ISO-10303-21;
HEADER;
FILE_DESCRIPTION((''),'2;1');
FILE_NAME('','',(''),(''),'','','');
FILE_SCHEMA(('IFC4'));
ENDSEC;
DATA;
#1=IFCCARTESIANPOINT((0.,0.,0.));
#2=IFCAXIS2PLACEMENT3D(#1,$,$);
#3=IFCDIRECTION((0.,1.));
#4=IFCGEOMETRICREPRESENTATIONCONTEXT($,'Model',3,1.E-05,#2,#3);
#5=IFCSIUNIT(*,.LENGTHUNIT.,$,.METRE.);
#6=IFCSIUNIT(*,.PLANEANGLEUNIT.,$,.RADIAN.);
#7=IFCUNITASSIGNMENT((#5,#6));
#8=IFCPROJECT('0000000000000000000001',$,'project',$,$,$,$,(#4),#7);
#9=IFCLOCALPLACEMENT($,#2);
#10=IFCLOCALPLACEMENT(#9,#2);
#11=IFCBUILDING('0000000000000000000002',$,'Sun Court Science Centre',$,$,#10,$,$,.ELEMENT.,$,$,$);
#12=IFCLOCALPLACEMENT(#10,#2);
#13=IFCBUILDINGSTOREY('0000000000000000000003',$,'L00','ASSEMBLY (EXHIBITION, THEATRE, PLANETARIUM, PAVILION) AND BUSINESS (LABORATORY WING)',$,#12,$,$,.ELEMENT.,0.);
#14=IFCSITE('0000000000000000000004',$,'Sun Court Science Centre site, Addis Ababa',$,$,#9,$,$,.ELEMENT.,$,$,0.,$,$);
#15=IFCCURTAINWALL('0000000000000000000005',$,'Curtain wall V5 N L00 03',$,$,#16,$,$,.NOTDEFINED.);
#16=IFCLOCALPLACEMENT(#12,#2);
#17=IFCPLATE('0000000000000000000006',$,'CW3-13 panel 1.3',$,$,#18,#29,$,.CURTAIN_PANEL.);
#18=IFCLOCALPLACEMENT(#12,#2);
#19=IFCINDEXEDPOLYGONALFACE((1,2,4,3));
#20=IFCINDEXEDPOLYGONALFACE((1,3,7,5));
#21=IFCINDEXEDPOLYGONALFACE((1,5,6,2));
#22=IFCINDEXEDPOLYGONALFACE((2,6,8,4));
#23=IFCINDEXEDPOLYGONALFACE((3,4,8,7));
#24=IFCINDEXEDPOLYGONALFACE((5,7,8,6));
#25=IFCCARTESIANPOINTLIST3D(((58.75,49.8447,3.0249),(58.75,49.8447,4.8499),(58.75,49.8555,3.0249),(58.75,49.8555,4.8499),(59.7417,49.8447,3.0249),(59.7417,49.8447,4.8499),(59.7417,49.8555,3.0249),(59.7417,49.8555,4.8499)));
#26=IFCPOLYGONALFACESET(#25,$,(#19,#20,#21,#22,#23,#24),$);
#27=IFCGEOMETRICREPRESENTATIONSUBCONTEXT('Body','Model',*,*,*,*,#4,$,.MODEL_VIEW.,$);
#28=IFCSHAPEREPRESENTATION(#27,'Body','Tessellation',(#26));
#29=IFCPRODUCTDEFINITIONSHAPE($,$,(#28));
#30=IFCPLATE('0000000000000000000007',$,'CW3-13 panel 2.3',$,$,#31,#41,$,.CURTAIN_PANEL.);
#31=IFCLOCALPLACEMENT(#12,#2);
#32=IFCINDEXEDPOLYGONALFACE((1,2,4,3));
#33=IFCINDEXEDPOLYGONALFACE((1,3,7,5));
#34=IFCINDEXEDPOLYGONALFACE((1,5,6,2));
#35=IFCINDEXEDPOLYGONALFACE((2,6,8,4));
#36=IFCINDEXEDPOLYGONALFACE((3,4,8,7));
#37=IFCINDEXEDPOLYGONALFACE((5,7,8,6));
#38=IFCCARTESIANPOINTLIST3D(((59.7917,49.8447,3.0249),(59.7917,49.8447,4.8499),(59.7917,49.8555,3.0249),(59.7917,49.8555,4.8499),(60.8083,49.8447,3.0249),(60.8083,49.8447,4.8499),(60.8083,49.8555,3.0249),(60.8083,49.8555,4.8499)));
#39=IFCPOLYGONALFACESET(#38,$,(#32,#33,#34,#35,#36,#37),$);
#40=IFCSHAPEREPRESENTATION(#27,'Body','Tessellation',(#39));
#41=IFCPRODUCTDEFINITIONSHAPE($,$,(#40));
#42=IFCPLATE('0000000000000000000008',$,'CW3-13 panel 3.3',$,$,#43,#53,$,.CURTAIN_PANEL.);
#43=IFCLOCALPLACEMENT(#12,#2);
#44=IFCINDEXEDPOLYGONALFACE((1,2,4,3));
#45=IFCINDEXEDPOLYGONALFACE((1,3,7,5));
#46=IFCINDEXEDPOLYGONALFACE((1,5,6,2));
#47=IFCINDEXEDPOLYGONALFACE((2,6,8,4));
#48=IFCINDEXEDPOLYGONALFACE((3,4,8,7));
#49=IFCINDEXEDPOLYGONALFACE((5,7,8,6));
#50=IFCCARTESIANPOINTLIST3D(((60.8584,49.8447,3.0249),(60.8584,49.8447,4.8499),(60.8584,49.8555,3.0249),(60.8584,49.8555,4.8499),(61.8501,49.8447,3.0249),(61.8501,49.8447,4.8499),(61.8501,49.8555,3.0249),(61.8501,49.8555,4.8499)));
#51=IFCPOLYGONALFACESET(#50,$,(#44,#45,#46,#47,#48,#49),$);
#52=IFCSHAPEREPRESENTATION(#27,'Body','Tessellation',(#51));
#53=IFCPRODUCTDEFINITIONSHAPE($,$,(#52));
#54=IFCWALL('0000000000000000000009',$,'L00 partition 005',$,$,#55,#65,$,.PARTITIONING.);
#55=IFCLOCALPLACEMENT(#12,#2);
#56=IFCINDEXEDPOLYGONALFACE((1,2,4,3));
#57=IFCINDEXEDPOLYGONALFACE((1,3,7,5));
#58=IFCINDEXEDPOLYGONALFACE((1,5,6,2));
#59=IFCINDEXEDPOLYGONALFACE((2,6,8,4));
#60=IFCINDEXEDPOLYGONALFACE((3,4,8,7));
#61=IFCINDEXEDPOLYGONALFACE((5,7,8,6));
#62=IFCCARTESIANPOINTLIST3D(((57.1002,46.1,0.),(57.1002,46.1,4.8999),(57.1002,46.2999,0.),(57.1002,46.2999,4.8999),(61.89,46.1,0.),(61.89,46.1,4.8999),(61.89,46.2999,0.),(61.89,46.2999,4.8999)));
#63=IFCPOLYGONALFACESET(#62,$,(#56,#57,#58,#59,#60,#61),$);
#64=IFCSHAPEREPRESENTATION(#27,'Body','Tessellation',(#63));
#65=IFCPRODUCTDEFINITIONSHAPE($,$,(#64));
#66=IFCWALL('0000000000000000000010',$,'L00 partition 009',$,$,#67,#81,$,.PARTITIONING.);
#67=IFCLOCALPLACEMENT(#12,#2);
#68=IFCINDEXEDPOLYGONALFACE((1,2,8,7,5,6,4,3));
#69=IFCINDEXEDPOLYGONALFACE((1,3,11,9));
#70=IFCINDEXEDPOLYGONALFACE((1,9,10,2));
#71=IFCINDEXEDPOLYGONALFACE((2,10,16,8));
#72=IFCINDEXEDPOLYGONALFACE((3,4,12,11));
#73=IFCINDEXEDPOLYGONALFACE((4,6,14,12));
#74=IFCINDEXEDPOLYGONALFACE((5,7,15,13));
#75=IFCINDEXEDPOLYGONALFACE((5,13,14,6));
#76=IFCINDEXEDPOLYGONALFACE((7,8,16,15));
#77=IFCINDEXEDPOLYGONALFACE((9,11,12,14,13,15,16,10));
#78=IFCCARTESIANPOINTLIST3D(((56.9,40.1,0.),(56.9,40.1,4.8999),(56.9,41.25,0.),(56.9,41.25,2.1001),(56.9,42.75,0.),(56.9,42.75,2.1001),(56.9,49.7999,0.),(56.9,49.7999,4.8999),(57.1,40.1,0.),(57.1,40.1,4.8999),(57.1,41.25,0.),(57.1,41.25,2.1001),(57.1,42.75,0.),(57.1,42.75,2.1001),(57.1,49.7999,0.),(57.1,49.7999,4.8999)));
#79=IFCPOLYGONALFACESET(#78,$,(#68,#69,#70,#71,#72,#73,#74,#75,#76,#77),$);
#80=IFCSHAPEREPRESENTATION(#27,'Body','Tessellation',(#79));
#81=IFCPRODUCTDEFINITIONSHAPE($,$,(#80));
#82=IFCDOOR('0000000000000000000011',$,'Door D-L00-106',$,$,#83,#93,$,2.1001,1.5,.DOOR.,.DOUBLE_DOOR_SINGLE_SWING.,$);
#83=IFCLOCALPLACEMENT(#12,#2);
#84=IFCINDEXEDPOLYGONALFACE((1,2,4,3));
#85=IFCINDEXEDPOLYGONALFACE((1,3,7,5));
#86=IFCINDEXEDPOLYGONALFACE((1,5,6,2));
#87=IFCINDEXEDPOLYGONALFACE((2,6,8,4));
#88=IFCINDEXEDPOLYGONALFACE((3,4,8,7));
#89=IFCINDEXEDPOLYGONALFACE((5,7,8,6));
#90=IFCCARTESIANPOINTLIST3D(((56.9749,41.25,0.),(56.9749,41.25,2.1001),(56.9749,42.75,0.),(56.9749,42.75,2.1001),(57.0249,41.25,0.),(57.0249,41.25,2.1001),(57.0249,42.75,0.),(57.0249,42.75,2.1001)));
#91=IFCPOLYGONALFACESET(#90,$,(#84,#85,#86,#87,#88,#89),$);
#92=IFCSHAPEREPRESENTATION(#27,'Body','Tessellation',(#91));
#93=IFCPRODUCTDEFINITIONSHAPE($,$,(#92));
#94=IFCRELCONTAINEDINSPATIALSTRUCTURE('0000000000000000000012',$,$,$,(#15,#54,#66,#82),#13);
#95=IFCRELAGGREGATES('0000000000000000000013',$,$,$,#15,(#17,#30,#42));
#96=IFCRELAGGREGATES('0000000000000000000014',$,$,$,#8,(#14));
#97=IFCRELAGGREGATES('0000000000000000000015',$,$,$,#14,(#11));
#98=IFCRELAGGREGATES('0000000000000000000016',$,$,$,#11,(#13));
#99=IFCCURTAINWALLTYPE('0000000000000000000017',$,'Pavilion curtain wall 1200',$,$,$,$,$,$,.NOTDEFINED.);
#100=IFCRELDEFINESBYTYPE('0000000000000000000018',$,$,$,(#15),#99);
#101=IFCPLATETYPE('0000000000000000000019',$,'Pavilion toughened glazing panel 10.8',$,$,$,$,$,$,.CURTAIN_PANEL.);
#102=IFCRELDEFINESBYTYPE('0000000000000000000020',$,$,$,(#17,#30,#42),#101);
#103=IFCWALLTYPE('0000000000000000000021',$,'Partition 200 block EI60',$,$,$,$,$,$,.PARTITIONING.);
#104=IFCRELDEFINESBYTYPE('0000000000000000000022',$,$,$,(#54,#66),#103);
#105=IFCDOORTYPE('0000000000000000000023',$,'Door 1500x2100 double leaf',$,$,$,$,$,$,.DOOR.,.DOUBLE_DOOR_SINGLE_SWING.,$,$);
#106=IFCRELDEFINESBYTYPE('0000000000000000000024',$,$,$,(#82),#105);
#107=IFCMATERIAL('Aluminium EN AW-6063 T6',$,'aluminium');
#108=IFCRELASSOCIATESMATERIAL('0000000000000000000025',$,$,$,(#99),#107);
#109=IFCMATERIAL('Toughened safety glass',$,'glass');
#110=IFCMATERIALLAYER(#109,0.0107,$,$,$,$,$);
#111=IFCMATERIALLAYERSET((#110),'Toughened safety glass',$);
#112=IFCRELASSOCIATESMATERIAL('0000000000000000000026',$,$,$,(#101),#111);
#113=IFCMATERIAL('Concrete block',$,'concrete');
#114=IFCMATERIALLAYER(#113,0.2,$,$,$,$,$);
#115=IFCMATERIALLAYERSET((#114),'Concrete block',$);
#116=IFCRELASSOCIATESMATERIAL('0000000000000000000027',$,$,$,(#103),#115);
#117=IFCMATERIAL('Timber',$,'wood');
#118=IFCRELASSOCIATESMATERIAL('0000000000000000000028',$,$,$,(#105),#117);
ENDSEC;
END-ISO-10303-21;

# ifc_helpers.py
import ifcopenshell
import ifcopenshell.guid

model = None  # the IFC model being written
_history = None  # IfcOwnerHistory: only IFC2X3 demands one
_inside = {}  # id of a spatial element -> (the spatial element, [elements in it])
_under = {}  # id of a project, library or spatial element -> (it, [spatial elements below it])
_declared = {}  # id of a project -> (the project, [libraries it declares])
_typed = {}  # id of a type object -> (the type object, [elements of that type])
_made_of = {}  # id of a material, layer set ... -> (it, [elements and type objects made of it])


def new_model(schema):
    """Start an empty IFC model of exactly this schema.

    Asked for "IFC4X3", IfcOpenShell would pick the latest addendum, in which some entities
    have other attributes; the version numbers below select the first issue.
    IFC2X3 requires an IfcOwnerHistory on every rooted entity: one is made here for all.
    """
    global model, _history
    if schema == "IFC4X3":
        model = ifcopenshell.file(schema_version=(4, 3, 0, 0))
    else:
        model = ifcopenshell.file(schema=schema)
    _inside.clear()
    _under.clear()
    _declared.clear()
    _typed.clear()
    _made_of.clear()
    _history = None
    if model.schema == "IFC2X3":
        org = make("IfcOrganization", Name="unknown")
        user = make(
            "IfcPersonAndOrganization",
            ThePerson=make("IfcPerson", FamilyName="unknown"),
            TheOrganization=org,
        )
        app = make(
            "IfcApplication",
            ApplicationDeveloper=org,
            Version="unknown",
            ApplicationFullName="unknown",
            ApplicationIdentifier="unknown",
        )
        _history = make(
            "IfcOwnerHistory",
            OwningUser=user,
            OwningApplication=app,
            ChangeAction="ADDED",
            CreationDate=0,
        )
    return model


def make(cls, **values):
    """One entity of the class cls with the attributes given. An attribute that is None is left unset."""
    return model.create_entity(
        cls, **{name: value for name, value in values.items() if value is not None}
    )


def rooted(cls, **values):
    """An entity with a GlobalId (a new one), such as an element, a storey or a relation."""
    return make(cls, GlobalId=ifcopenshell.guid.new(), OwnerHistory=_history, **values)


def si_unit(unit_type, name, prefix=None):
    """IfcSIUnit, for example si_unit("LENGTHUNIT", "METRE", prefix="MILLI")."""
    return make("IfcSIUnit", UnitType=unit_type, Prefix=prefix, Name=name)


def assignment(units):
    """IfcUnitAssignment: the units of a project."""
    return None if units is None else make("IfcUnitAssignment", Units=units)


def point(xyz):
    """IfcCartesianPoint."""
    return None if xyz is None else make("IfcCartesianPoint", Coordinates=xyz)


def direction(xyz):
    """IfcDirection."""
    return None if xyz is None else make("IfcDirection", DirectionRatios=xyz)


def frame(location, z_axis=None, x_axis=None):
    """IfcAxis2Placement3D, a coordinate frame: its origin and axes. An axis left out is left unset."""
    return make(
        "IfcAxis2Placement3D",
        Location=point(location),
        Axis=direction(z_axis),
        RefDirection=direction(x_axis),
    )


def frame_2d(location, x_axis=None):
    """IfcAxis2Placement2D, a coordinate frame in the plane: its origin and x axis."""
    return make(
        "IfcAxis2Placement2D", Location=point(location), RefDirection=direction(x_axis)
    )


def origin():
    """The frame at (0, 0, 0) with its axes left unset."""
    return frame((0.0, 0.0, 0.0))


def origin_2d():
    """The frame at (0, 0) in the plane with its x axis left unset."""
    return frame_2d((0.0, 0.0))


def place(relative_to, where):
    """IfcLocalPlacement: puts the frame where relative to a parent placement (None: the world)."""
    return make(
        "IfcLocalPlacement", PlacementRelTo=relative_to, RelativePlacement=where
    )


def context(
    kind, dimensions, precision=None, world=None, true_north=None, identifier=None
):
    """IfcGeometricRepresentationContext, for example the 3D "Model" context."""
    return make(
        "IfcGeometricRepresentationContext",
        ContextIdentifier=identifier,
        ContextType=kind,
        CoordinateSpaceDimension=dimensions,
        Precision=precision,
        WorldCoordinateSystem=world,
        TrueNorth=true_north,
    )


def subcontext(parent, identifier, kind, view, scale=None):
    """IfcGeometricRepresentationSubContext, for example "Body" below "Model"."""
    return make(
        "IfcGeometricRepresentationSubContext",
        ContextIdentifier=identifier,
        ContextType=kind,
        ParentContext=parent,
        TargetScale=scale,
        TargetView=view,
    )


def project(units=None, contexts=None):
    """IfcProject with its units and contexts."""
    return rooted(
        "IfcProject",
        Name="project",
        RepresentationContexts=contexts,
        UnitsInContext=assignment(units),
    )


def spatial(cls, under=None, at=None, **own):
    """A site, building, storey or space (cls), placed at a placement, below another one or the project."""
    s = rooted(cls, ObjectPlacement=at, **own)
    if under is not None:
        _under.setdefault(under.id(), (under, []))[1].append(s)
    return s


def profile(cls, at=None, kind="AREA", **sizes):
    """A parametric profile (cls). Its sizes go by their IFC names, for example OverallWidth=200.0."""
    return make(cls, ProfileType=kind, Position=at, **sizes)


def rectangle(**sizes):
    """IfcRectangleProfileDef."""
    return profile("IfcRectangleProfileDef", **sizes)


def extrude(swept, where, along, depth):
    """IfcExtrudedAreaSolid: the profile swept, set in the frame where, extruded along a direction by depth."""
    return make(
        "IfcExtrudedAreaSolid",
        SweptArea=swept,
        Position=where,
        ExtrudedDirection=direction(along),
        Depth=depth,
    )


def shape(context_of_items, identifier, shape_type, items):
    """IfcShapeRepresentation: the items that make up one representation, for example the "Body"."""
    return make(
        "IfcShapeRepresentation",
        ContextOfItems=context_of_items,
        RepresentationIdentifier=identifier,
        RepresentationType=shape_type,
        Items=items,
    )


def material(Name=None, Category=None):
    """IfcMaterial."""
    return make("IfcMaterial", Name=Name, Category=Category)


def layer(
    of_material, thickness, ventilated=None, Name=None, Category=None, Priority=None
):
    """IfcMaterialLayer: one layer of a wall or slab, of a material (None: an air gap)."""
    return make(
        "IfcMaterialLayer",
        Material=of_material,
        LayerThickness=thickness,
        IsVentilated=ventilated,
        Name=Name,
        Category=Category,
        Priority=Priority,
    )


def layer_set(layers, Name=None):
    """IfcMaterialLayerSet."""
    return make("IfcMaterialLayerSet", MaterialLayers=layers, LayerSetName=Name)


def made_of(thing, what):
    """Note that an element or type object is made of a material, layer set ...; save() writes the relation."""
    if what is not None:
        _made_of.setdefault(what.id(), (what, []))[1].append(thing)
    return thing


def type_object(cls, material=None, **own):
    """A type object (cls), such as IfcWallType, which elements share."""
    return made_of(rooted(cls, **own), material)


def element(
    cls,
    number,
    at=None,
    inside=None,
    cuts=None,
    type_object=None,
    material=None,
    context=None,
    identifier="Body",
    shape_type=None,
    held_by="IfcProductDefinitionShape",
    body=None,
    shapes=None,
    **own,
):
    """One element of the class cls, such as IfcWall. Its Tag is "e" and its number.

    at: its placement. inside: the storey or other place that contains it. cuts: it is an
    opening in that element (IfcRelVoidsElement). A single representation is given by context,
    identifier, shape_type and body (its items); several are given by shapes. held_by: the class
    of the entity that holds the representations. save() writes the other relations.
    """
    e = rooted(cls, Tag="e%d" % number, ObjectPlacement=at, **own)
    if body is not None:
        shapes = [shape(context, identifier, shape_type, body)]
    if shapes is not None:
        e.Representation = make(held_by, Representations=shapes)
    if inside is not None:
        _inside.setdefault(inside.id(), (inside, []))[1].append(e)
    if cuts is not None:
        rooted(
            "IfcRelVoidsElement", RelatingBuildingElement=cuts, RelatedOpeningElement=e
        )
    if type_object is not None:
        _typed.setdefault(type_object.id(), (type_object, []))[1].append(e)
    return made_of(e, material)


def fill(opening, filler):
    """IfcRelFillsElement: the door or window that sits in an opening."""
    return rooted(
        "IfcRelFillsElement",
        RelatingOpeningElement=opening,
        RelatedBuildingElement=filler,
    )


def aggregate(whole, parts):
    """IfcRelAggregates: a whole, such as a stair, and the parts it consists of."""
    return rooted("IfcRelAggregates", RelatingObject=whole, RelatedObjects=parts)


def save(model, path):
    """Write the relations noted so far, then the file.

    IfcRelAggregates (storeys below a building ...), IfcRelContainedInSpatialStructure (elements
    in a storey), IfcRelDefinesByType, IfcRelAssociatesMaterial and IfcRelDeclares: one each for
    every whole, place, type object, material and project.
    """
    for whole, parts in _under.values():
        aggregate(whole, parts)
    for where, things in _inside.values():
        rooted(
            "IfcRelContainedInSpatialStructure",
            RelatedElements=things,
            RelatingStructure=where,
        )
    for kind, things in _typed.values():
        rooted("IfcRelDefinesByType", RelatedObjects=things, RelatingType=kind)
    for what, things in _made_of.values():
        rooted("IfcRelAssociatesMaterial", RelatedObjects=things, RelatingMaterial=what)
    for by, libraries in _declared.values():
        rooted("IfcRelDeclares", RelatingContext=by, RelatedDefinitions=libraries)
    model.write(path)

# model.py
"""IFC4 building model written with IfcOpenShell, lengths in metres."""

from ifc_helpers import new_model, si_unit, direction, frame, frame_2d, origin, origin_2d, place, context, subcontext, project, spatial, rectangle, extrude, material, layer, layer_set, type_object, element, fill, aggregate, save


model = new_model("IFC4")

# Units and contexts
model_context = context("Model", 3, precision=1e-05, world=origin(), true_north=direction((0.0, 1.0)))
body_context = subcontext(model_context, "Body", "Model", "MODEL_VIEW")
ifc_project = project(units=[si_unit("LENGTHUNIT", "METRE"), si_unit("PLANEANGLEUNIT", "RADIAN")], contexts=[model_context])

# Site, building, storey
site_placement = place(None, origin())
site = spatial("IfcSite", under=ifc_project, at=site_placement, Name="Sun Court Science Centre site, Addis Ababa", CompositionType="ELEMENT", RefElevation=0.0)
building_placement = place(site_placement, origin())
building = spatial("IfcBuilding", under=site, at=building_placement, Name="Sun Court Science Centre", CompositionType="ELEMENT")
storey_placement = place(building_placement, origin())
storey = spatial("IfcBuildingStorey", under=building, at=storey_placement, Name="L00", Description="ASSEMBLY (EXHIBITION, THEATRE, PLANETARIUM, PAVILION) AND BUSINESS (LABORATORY WING)", CompositionType="ELEMENT", Elevation=0.0)

# Curtain wall
ifc_material_1 = material(Name="Aluminium EN AW-6063 T6", Category="aluminium")
curtain_wall_type = type_object("IfcCurtainWallType", Name="Pavilion curtain wall 1200", PredefinedType="NOTDEFINED", material=ifc_material_1)
curtain_wall_1_placement = place(storey_placement, origin())
curtain_wall_1 = element("IfcCurtainWall", 1, at=curtain_wall_1_placement, inside=storey, type_object=curtain_wall_type, Name="Curtain wall V5 N L00 03", PredefinedType="NOTDEFINED")

# Plates
ifc_material_2 = material(Name="Toughened safety glass", Category="glass")
ifc_layer_1 = layer(ifc_material_2, 0.0107)
ifc_layer_set_1 = layer_set([ifc_layer_1], Name="Toughened safety glass")
plate_type = type_object("IfcPlateType", Name="Pavilion toughened glazing panel 10.8", PredefinedType="CURTAIN_PANEL", material=ifc_layer_set_1)
plate_1_placement = place(storey_placement, frame((59.2458, 49.8501, 3.0249), z_axis=(0.0, 0.0, 1.0), x_axis=(1.0, 0.0, 0.0)))
plate_1 = element("IfcPlate", 2, at=plate_1_placement, type_object=plate_type, Name="CW3-13 panel 1.3", PredefinedType="CURTAIN_PANEL", context=body_context, shape_type="SweptSolid", body=[
    extrude(rectangle(XDim=0.9917, YDim=0.0107, at=origin_2d()), origin(), (0.0, 0.0, 1.0), 1.825),
])
plate_2_placement = place(storey_placement, frame((60.3, 49.8501, 3.0249), z_axis=(0.0, 0.0, 1.0), x_axis=(1.0, 0.0, 0.0)))
plate_2 = element("IfcPlate", 3, at=plate_2_placement, type_object=plate_type, Name="CW3-13 panel 2.3", PredefinedType="CURTAIN_PANEL", context=body_context, shape_type="SweptSolid", body=[
    extrude(rectangle(XDim=1.0166, YDim=0.0107, at=origin_2d()), origin(), (0.0, 0.0, 1.0), 1.825),
])
plate_3_placement = place(storey_placement, frame((61.3542, 49.8501, 3.0249), z_axis=(0.0, 0.0, 1.0), x_axis=(1.0, 0.0, 0.0)))
plate_3 = element("IfcPlate", 4, at=plate_3_placement, type_object=plate_type, Name="CW3-13 panel 3.3", PredefinedType="CURTAIN_PANEL", context=body_context, shape_type="SweptSolid", body=[
    extrude(rectangle(XDim=0.9917, YDim=0.0107, at=origin_2d()), origin(), (0.0, 0.0, 1.0), 1.825),
])
aggregate(curtain_wall_1, [plate_1, plate_2, plate_3])

# Wall
ifc_material_3 = material(Name="Concrete block", Category="concrete")
ifc_layer_2 = layer(ifc_material_3, 0.2)
ifc_layer_set_2 = layer_set([ifc_layer_2], Name="Concrete block")
wall_type = type_object("IfcWallType", Name="Partition 200 block EI60", PredefinedType="PARTITIONING", material=ifc_layer_set_2)
wall_1_placement = place(storey_placement, frame((57.1001, 46.2, 0.0), z_axis=(0.0, 0.0, 1.0), x_axis=(1.0, 0.0, 0.0)))
element("IfcWall", 5, at=wall_1_placement, inside=storey, type_object=wall_type, Name="L00 partition 005", PredefinedType="PARTITIONING", context=body_context, shape_type="SweptSolid", body=[
    extrude(rectangle(XDim=4.7898, YDim=0.2, at=frame_2d((2.395, 0.0))), origin(), (0.0, 0.0, 1.0), 4.8999),
])

# Wall, opening, door
wall_2_placement = place(storey_placement, frame((57.0, 49.8, 0.0), z_axis=(0.0, 0.0, 1.0), x_axis=(0.0, -1.0, 0.0)))
wall_2 = element("IfcWall", 6, at=wall_2_placement, inside=storey, type_object=wall_type, Name="L00 partition 009", PredefinedType="PARTITIONING", context=body_context, shape_type="SweptSolid", body=[
    extrude(rectangle(XDim=9.7, YDim=0.2, at=frame_2d((4.8501, 0.0))), origin(), (0.0, 0.0, 1.0), 4.8999),
])
opening_placement = place(wall_2_placement, frame((7.05, 0.0, 0.0)))
opening = element("IfcOpeningElement", 7, at=opening_placement, cuts=wall_2, PredefinedType="OPENING", context=body_context, shape_type="SweptSolid", body=[
    extrude(rectangle(XDim=1.5, YDim=2.1001, at=frame_2d((0.75, 1.05))), frame((0.0, 0.1099, 0.0), z_axis=(0.0, -1.0, 0.0), x_axis=(1.0, 0.0, 0.0)), (0.0, 0.0, 1.0), 0.22),
])
ifc_material_4 = material(Name="Timber", Category="wood")
door_type = type_object("IfcDoorType", Name="Door 1500x2100 double leaf", OperationType="DOUBLE_DOOR_SINGLE_SWING", PredefinedType="DOOR", material=ifc_material_4)
door_placement = place(opening_placement, origin())
door = element("IfcDoor", 8, at=door_placement, inside=storey, type_object=door_type, Name="Door D-L00-106", OperationType="DOUBLE_DOOR_SINGLE_SWING", OverallHeight=2.1001, OverallWidth=1.5, PredefinedType="DOOR", context=body_context, shape_type="SweptSolid", body=[
    extrude(rectangle(XDim=1.5, YDim=2.1001, at=frame_2d((0.75, 1.05))), frame((0.0, 0.0249, 0.0), z_axis=(0.0, -1.0, 0.0), x_axis=(1.0, 0.0, 0.0)), (0.0, 0.0, 1.0), 0.05),
])
fill(opening, door)

save(model, "model.ifc")
